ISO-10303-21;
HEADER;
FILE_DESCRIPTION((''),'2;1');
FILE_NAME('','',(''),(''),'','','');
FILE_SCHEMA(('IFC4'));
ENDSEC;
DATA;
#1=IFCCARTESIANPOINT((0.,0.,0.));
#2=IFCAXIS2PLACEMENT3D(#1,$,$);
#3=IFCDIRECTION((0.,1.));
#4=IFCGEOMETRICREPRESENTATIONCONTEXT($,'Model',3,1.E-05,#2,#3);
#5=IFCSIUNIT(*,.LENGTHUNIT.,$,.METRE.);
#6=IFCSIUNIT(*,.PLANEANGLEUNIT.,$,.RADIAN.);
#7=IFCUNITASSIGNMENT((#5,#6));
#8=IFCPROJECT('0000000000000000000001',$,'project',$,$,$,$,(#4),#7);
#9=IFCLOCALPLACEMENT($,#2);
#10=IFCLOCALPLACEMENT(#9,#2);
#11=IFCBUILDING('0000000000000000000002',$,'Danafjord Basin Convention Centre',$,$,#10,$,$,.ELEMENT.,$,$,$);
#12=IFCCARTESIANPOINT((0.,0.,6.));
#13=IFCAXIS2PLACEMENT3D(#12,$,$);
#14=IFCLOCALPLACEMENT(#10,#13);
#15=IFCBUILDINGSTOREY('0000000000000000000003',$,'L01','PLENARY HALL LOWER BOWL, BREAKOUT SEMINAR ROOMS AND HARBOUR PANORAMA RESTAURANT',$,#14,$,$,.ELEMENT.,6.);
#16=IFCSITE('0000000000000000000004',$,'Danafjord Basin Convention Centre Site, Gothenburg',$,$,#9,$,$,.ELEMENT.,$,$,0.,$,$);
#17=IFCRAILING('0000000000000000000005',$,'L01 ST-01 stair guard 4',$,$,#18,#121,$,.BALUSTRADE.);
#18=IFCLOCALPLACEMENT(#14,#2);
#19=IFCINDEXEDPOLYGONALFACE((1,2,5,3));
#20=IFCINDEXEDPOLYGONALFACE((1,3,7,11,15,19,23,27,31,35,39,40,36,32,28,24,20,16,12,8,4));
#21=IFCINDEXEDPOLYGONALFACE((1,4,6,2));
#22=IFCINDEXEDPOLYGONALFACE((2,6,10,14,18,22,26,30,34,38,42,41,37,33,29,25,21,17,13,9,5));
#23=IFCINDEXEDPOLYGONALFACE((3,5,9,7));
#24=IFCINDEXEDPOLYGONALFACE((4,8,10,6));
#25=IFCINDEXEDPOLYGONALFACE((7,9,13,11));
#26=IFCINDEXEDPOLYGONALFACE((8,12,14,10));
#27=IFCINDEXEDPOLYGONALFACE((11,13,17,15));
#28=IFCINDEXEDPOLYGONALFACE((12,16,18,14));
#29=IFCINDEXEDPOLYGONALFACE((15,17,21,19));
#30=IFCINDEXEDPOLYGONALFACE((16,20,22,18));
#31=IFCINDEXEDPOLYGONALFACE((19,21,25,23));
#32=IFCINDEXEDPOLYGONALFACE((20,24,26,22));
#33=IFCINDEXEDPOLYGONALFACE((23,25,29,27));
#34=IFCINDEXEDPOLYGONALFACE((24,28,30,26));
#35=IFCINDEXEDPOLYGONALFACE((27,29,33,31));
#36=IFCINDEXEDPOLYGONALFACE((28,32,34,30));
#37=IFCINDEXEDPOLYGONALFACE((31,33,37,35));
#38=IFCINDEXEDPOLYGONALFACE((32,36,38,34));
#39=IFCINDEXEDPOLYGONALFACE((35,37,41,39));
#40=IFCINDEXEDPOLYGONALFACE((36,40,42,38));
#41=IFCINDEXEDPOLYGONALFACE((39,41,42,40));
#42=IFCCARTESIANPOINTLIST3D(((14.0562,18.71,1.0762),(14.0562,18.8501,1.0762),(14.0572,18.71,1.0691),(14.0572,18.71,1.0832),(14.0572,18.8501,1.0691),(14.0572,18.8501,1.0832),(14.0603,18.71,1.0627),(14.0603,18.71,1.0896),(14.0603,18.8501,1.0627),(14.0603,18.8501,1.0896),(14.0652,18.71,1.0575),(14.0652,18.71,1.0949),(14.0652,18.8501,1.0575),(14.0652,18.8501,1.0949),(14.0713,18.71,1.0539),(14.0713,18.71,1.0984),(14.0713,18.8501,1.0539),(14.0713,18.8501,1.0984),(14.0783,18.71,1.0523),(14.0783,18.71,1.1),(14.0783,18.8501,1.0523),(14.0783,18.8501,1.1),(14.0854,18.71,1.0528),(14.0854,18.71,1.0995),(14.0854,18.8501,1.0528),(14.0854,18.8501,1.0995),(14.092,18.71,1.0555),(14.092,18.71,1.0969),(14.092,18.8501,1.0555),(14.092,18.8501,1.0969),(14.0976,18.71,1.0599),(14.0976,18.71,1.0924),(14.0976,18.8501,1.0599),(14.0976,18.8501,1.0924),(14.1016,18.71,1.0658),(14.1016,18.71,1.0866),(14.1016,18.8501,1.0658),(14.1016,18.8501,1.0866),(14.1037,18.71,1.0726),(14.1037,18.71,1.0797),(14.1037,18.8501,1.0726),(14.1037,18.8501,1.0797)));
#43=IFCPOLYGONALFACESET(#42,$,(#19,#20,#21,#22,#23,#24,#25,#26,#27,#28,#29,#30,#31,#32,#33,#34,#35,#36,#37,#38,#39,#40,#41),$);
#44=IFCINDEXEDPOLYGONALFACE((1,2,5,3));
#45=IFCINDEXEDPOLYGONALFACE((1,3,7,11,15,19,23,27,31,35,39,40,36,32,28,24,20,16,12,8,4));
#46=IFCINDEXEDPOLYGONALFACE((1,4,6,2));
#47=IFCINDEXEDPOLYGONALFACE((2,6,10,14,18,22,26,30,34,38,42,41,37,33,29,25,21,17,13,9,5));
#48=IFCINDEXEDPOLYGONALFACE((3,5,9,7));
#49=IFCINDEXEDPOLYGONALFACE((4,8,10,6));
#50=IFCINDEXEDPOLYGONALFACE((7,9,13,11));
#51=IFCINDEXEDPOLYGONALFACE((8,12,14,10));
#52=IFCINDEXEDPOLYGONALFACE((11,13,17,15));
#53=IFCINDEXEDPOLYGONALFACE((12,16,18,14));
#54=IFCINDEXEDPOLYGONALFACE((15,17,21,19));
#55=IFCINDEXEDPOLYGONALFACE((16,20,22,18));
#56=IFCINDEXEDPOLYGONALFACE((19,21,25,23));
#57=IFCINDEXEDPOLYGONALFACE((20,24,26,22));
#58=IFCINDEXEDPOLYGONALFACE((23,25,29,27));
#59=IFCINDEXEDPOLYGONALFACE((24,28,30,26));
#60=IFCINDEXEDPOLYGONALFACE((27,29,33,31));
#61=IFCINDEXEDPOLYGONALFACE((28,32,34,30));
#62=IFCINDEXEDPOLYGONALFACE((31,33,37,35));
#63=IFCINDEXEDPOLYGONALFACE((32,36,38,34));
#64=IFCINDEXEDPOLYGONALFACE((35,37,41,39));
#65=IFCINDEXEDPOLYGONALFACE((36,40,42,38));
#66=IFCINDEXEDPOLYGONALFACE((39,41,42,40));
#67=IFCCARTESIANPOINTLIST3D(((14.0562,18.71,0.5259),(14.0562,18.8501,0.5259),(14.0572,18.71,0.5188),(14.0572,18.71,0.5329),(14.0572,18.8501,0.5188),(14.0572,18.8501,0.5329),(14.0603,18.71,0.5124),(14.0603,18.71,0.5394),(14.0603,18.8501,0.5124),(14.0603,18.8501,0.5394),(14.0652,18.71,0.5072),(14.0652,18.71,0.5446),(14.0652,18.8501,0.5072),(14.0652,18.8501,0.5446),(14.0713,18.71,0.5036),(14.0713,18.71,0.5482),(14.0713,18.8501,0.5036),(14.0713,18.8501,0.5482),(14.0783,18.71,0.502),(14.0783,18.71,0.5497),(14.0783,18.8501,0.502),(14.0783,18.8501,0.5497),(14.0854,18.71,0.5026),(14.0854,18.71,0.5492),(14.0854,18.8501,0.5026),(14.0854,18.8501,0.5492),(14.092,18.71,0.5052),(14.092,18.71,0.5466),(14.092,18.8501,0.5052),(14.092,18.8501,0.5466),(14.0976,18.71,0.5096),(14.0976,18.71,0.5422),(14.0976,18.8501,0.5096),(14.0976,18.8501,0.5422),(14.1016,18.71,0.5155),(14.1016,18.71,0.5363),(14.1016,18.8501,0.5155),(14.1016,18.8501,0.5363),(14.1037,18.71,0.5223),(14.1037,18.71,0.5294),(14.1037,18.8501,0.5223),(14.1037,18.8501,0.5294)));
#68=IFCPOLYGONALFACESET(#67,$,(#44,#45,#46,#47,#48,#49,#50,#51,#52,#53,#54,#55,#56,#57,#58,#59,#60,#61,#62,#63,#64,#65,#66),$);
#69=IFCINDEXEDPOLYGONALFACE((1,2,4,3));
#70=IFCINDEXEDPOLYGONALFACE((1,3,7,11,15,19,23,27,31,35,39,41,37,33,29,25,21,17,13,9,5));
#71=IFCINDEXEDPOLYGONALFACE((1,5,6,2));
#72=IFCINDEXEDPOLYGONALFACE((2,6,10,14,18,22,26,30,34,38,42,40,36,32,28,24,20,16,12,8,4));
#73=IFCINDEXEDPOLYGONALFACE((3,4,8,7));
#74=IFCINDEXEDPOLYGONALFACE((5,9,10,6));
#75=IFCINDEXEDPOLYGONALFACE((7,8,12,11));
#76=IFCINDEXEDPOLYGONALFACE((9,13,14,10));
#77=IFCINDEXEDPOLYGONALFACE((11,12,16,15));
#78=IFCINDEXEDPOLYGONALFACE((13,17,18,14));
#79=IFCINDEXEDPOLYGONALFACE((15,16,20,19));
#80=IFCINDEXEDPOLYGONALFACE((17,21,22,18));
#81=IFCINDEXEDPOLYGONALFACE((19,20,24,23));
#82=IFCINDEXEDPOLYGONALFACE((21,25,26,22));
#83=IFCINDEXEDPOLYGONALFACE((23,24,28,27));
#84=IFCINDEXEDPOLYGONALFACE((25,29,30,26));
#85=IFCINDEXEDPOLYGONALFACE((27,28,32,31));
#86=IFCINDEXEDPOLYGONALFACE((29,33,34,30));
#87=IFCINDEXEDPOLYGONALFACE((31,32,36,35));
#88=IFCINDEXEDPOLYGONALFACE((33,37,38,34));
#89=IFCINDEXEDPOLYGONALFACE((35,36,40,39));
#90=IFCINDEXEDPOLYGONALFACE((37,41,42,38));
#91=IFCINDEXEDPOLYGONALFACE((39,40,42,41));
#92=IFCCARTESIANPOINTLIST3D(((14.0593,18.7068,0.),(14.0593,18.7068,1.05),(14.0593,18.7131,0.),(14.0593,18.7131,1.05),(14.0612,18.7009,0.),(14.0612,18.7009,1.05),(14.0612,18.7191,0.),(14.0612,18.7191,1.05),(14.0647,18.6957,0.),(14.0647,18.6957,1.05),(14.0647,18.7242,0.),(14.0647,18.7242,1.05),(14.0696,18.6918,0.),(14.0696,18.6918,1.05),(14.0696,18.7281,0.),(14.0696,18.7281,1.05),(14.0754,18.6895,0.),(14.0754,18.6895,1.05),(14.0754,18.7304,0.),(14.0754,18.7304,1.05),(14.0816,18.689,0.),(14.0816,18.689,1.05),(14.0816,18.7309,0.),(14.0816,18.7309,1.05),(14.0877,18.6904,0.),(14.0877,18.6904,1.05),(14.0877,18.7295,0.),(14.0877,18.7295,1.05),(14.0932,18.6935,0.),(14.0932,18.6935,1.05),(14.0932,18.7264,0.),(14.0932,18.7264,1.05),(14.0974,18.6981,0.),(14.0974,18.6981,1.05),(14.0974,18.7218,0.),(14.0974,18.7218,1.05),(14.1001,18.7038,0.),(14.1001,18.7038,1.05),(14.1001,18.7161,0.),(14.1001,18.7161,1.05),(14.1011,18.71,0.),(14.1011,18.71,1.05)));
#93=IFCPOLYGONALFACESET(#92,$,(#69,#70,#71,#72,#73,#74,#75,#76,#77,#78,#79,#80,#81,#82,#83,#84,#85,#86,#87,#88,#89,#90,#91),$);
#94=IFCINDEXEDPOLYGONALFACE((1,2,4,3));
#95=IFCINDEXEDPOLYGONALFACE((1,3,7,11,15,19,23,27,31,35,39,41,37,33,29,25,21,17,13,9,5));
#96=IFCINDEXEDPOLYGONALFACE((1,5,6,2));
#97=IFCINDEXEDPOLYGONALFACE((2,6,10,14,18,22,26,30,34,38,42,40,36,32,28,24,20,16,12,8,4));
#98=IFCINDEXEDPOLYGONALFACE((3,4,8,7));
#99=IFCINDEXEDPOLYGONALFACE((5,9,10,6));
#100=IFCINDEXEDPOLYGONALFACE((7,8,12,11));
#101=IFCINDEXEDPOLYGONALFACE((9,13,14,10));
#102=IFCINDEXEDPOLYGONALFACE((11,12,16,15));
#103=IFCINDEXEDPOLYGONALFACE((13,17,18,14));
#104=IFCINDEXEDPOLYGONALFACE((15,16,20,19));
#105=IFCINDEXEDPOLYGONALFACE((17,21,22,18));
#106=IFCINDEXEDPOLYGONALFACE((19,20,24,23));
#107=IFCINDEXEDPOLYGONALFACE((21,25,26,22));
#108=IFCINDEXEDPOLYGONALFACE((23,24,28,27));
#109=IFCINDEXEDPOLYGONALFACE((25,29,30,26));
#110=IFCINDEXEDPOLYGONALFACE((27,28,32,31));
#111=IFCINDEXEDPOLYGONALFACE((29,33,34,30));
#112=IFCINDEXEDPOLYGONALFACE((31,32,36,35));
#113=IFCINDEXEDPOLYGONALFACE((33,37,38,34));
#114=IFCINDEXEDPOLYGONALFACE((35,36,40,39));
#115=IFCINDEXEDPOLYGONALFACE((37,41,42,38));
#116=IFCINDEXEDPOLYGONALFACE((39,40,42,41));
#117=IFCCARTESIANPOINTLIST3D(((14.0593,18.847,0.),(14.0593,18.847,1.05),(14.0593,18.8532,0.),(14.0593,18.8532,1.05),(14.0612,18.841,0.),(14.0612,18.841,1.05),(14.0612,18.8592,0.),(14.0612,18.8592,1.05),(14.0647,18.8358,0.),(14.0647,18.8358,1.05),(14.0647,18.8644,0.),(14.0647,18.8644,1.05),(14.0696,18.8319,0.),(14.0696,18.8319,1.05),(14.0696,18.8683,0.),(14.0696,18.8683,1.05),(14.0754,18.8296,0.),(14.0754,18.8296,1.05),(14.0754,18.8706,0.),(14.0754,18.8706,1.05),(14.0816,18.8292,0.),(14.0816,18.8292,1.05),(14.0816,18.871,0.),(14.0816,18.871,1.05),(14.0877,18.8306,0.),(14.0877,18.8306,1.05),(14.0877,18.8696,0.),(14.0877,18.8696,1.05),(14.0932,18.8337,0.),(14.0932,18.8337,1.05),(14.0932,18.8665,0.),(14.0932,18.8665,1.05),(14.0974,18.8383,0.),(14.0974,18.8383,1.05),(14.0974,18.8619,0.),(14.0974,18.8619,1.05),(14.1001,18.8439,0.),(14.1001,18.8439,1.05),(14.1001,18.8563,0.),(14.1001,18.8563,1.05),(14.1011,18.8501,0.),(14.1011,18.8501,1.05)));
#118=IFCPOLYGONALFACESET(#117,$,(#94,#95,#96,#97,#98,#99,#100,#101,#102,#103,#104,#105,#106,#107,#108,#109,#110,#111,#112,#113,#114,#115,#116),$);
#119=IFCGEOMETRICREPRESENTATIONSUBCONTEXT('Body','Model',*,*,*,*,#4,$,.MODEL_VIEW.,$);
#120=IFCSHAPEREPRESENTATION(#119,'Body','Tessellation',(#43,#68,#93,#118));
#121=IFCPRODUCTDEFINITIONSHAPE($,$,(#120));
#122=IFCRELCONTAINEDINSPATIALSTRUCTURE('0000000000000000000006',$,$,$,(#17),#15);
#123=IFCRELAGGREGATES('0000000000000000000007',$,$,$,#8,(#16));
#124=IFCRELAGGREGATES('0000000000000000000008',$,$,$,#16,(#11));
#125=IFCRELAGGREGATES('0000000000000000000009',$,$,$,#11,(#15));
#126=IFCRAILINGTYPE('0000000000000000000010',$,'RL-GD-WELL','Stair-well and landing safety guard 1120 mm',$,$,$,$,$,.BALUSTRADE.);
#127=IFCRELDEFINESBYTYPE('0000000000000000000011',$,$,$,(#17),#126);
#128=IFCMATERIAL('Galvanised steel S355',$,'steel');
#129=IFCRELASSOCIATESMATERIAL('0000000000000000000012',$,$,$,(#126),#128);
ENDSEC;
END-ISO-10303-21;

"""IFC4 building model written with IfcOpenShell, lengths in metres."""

from ifc_helpers import new_model, si_unit, direction, frame, origin, origin_2d, place, context, subcontext, project, spatial, circle, extrude, material, type_object, element, save


model = new_model("IFC4")

# Units and contexts
model_context = context("Model", 3, precision=1e-05, world=origin(), true_north=direction((0.0, 1.0)))
body_context = subcontext(model_context, "Body", "Model", "MODEL_VIEW")
ifc_project = project(units=[si_unit("LENGTHUNIT", "METRE"), si_unit("PLANEANGLEUNIT", "RADIAN")], contexts=[model_context])

# Site, building, storey
site_placement = place(None, origin())
site = spatial("IfcSite", under=ifc_project, at=site_placement, Name="Danafjord Basin Convention Centre Site, Gothenburg", CompositionType="ELEMENT", RefElevation=0.0)
building_placement = place(site_placement, origin())
building = spatial("IfcBuilding", under=site, at=building_placement, Name="Danafjord Basin Convention Centre", CompositionType="ELEMENT")
storey_placement = place(building_placement, frame((0.0, 0.0, 6.0)))
storey = spatial("IfcBuildingStorey", under=building, at=storey_placement, Name="L01", Description="PLENARY HALL LOWER BOWL, BREAKOUT SEMINAR ROOMS AND HARBOUR PANORAMA RESTAURANT", CompositionType="ELEMENT", Elevation=6.0)

# Railing
ifc_material_1 = material(Name="Galvanised steel S355", Category="steel")
railing_type_1 = type_object("IfcRailingType", Name="RL-GD-WELL", Description="Stair-well and landing safety guard 1120 mm", PredefinedType="BALUSTRADE", material=ifc_material_1)
railing_1_placement = place(storey_placement, frame((14.0801, 18.71, 0.0)))
element("IfcRailing", 1, at=railing_1_placement, inside=storey, type_object=railing_type_1, Name="L01 ST-01 stair guard 4", PredefinedType="BALUSTRADE", context=body_context, shape_type="SweptSolid", body=[
    extrude(circle(Radius=0.0239, at=origin_2d()), frame((0.0, 0.0, 1.0762), z_axis=(0.0, 1.0, 0.0), x_axis=(-1.0, 0.0, 0.0)), (0.0, 0.0, 1.0), 0.1401),
    extrude(circle(Radius=0.0239, at=origin_2d()), frame((0.0, 0.0, 0.5259), z_axis=(0.0, 1.0, 0.0), x_axis=(-1.0, 0.0, 0.0)), (0.0, 0.0, 1.0), 0.1401),
    extrude(circle(Radius=0.021, at=origin_2d()), origin(), (0.0, 0.0, 1.0), 1.05),
    extrude(circle(Radius=0.021, at=origin_2d()), frame((0.0, 0.1401, 0.0)), (0.0, 0.0, 1.0), 1.05),
])

save(model, "model.ifc")
